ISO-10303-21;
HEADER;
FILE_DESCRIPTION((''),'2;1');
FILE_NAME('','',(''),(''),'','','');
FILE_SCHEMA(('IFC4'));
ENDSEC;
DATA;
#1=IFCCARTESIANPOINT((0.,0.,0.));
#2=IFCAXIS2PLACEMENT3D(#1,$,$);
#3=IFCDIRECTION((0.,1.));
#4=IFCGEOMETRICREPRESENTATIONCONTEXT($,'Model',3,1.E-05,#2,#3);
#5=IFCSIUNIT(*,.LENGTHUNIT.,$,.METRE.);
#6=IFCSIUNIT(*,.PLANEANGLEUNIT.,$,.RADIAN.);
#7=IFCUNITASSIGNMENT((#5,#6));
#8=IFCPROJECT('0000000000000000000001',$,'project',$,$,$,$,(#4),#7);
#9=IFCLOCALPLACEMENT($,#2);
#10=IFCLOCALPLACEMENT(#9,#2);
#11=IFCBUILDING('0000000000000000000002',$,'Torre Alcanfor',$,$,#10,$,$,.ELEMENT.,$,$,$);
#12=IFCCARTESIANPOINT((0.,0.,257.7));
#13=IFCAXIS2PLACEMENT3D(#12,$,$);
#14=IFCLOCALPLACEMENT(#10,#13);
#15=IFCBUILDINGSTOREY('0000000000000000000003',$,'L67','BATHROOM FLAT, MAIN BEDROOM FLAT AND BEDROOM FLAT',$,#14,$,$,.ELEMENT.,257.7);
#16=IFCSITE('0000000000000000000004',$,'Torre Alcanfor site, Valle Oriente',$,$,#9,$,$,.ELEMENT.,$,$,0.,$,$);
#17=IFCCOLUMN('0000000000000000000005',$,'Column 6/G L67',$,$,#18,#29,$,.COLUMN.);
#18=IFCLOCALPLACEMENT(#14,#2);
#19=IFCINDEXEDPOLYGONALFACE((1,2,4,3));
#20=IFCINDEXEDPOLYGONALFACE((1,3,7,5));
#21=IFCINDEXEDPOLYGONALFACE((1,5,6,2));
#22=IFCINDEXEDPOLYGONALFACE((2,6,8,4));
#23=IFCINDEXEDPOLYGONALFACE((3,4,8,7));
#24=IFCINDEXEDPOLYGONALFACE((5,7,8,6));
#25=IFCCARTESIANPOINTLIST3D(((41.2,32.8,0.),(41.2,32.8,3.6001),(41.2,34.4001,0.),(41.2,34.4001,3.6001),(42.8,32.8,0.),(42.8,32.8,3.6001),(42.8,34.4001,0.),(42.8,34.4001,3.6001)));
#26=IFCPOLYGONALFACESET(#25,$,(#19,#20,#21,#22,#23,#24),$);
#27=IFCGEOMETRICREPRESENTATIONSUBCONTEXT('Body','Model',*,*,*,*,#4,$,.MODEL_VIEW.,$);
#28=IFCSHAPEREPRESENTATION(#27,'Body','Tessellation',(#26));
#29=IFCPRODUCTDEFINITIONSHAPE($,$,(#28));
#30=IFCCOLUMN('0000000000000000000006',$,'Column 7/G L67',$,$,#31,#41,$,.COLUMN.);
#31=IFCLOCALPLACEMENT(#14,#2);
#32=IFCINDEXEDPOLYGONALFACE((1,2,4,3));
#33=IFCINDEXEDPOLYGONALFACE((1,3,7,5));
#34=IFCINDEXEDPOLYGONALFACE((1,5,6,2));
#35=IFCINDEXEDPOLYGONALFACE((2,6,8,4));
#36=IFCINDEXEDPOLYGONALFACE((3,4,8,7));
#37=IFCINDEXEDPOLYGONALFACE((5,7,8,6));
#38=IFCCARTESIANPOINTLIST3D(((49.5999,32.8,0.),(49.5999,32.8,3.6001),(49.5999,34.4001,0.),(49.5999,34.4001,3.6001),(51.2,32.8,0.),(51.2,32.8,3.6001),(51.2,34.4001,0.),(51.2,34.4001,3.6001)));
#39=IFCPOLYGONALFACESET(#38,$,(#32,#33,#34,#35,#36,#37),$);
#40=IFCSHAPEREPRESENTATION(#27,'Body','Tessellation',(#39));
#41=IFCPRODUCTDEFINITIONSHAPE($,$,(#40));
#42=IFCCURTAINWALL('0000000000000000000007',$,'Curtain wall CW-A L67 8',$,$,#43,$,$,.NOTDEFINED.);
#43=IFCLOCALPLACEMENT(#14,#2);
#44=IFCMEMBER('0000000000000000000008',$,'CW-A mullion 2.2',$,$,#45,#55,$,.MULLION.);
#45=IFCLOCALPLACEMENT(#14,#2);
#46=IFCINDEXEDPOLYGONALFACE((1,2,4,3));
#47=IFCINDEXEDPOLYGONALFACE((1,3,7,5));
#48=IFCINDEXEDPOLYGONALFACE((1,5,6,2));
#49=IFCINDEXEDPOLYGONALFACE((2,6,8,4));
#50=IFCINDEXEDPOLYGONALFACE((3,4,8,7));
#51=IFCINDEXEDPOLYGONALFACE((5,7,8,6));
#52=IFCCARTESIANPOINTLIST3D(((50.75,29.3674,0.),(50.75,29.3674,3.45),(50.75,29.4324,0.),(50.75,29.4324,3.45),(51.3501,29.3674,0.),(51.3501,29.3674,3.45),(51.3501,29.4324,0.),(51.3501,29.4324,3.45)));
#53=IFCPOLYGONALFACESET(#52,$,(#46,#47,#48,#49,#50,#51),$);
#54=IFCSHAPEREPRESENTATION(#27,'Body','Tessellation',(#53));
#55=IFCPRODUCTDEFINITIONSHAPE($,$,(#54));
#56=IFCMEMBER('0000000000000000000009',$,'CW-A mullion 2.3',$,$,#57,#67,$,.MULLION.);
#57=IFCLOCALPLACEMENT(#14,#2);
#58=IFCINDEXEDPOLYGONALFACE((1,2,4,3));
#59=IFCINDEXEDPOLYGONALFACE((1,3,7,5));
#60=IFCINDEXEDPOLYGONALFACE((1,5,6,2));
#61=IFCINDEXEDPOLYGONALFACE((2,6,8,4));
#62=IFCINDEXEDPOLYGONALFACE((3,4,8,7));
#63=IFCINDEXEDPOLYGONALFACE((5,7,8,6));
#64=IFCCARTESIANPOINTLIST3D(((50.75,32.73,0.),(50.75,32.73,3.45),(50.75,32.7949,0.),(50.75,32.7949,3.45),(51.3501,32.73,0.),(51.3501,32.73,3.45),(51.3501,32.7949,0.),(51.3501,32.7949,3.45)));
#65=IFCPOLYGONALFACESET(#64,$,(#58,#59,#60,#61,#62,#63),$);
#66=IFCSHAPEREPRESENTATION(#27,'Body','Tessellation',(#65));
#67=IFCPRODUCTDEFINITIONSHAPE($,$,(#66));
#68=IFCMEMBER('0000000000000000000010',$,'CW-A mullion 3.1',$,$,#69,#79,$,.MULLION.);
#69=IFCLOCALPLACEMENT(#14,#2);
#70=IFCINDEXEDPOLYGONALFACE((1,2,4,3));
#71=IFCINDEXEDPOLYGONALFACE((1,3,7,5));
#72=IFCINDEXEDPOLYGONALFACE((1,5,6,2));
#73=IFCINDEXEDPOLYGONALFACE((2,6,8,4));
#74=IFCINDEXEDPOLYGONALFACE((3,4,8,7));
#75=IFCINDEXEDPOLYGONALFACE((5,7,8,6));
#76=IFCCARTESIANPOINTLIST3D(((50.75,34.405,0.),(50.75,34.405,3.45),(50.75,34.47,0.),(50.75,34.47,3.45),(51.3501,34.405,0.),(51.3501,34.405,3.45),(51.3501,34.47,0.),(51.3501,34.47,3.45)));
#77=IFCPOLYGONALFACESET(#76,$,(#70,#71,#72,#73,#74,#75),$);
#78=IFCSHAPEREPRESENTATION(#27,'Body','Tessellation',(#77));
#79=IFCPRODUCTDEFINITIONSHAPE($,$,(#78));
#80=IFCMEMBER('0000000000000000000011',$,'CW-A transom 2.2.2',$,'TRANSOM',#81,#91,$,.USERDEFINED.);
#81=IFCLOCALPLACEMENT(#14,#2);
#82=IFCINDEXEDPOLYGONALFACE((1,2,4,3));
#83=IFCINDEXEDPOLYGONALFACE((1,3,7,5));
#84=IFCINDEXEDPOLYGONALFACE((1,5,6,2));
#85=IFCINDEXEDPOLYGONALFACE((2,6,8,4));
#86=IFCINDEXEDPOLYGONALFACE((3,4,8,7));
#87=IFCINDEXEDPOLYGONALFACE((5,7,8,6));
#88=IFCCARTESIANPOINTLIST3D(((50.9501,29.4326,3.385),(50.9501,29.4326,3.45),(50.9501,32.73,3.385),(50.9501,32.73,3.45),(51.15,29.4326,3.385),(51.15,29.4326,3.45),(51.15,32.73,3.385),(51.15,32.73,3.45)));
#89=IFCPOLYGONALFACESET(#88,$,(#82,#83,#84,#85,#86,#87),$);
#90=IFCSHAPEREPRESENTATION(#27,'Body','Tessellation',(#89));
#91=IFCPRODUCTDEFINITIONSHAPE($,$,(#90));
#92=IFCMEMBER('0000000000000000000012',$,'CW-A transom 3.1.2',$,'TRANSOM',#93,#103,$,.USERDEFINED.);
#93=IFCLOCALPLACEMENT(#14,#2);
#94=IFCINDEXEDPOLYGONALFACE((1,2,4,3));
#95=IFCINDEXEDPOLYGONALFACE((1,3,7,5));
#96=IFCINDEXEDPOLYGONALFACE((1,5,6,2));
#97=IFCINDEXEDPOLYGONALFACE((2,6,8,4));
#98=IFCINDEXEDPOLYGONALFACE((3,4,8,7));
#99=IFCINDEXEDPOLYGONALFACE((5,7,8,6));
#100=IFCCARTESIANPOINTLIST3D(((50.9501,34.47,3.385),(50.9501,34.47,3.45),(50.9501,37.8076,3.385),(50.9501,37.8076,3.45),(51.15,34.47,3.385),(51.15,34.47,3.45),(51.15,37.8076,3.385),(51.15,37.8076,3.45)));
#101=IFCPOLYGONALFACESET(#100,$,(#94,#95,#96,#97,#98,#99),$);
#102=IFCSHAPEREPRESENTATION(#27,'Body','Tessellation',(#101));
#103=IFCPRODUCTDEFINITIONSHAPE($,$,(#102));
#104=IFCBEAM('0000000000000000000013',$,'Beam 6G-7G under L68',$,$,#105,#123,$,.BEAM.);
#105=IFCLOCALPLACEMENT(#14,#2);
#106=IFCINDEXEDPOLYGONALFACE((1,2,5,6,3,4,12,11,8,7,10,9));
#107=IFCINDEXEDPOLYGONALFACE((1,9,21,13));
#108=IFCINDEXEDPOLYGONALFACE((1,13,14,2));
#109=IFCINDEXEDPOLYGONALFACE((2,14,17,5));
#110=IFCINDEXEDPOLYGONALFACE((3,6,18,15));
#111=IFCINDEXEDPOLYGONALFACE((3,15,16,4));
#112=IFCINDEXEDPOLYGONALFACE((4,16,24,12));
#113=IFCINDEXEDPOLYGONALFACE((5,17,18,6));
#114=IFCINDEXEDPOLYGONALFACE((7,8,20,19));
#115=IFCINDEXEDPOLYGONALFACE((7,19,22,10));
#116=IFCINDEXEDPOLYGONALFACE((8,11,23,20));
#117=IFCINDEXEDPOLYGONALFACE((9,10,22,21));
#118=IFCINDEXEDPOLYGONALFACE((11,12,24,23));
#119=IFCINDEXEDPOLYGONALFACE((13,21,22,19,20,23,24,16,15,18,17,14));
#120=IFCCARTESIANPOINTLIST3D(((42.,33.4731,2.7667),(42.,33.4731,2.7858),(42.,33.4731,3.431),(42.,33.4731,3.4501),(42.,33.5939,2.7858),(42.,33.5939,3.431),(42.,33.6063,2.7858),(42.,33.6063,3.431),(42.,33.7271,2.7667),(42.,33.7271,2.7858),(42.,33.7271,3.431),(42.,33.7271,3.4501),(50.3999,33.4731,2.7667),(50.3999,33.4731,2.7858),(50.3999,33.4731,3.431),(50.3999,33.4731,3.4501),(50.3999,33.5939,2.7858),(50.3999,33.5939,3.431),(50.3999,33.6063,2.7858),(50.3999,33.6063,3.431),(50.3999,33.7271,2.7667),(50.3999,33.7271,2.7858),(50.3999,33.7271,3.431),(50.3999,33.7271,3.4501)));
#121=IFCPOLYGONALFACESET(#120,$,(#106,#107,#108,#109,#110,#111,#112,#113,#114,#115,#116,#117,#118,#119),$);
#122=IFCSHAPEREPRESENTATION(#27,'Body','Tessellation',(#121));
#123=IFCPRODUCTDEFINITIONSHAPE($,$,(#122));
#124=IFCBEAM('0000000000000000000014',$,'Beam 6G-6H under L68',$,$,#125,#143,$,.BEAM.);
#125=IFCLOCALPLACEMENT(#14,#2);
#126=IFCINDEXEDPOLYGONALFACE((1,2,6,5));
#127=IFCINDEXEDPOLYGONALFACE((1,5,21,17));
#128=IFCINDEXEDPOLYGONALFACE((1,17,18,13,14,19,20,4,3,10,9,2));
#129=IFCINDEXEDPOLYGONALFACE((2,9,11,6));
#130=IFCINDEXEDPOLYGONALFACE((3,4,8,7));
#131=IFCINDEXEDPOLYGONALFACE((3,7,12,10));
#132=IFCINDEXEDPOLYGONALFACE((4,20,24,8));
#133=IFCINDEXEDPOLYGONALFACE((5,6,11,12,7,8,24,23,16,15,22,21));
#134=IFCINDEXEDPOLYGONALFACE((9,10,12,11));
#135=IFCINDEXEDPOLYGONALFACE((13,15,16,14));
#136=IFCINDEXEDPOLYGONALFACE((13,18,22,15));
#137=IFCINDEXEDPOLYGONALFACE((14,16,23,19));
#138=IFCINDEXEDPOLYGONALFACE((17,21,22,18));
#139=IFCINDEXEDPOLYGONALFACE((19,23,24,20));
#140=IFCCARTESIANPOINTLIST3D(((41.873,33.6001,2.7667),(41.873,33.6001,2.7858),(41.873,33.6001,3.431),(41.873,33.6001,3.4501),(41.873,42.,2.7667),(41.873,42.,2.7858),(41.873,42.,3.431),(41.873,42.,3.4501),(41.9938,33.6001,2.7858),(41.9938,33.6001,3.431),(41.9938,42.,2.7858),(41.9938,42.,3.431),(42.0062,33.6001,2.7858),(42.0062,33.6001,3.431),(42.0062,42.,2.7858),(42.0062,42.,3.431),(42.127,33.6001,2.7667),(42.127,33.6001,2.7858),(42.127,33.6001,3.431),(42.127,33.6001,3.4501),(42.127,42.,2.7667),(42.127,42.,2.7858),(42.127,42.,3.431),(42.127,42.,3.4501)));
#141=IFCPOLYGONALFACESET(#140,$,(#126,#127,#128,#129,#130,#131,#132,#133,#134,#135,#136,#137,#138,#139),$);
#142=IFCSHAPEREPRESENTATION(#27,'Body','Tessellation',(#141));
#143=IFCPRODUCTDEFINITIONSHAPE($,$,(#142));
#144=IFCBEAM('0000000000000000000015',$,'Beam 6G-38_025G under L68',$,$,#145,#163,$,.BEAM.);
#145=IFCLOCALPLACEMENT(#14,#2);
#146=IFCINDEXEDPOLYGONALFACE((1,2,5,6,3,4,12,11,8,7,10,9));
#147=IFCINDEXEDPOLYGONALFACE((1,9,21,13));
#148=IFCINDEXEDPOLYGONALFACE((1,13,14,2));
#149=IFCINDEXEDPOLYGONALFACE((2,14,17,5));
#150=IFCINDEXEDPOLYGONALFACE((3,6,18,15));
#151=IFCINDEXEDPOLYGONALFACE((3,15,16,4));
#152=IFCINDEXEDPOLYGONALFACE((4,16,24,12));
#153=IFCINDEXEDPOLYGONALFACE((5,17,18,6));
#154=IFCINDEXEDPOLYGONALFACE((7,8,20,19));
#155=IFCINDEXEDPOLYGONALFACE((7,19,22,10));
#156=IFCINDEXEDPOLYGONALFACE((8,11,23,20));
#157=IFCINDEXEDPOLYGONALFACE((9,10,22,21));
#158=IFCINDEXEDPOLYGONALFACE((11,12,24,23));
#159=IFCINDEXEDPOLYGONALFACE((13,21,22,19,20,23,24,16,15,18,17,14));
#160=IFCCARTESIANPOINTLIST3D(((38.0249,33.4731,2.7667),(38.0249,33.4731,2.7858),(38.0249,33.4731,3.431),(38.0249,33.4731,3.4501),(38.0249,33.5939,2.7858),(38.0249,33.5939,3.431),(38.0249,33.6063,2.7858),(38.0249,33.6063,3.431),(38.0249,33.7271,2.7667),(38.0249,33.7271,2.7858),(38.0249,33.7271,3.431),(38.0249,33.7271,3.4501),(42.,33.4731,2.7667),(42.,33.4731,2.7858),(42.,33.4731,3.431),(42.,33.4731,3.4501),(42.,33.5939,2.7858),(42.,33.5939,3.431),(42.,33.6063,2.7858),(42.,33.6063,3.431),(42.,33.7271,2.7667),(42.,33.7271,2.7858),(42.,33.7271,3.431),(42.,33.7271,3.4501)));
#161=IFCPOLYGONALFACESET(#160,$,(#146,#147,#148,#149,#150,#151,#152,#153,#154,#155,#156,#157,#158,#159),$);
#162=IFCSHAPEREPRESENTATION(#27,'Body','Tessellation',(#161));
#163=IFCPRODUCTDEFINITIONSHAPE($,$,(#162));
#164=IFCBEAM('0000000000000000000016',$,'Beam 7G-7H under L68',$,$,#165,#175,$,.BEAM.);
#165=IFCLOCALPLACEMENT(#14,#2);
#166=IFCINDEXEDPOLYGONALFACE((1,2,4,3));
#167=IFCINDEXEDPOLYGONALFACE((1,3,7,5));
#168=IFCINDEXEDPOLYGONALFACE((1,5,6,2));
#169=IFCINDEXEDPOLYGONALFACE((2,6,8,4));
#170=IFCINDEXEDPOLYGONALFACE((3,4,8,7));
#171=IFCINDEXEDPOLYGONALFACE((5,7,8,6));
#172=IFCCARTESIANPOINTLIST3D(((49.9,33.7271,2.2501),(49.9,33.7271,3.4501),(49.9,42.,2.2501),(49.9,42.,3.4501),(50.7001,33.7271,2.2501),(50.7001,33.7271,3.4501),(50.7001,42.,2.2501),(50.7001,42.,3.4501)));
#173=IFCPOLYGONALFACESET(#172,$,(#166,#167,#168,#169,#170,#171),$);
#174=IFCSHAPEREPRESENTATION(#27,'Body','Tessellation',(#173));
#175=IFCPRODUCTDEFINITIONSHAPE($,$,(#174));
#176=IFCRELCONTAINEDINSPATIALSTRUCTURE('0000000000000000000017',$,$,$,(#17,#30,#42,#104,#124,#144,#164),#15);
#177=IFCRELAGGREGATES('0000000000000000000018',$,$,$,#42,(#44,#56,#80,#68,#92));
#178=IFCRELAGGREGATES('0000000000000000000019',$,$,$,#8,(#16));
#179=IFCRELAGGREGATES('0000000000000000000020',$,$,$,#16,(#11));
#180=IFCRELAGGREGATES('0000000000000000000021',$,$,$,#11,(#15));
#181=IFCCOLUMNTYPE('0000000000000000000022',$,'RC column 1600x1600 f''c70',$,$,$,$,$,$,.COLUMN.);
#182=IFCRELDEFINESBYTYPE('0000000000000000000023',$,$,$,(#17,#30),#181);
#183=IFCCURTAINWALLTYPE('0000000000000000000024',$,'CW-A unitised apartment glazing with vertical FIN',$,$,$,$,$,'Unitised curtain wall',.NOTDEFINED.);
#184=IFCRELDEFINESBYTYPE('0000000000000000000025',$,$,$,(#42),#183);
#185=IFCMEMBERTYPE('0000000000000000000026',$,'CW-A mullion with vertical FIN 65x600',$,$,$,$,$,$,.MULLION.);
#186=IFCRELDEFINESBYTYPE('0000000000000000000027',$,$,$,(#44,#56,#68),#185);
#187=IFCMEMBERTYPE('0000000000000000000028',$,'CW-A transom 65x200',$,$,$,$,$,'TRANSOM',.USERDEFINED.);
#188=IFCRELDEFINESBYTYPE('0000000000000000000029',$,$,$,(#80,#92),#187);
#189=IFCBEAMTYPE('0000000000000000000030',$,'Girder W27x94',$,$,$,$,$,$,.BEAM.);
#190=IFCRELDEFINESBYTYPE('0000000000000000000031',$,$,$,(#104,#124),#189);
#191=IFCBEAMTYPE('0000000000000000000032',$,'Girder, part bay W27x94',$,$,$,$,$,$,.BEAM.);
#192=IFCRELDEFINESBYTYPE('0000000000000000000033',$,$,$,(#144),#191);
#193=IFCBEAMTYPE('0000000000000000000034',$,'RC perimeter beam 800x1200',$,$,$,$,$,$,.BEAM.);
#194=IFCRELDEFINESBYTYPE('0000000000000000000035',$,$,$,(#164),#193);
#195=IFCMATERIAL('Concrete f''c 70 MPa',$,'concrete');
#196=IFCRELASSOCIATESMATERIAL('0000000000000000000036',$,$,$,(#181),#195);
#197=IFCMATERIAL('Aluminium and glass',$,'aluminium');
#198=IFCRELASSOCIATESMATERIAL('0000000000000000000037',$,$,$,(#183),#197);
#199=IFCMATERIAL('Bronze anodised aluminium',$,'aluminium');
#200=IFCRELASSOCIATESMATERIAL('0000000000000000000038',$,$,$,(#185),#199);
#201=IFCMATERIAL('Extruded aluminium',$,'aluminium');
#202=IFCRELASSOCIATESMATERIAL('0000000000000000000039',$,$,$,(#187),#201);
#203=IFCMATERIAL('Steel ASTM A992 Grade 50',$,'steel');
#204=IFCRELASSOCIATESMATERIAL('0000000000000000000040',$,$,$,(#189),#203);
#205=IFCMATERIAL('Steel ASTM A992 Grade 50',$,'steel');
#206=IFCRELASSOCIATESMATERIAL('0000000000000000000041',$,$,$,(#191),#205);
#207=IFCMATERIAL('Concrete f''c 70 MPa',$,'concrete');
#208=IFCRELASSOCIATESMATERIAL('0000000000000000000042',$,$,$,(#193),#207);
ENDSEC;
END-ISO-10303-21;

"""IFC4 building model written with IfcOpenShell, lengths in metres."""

from ifc_helpers import new_model, si_unit, direction, frame, origin, origin_2d, place, context, subcontext, project, spatial, rectangle, i_section, extrude, material, material_profile, profile_set, type_object, element, aggregate, save


model = new_model("IFC4")

# Units and contexts
model_context = context("Model", 3, precision=1e-05, world=origin(), true_north=direction((0.0, 1.0)))
body_context = subcontext(model_context, "Body", "Model", "MODEL_VIEW")
ifc_project = project(units=[si_unit("LENGTHUNIT", "METRE"), si_unit("PLANEANGLEUNIT", "RADIAN")], contexts=[model_context])

# Site, building, storey
site_placement = place(None, origin())
site = spatial("IfcSite", under=ifc_project, at=site_placement, Name="Torre Alcanfor site, Valle Oriente", CompositionType="ELEMENT", RefElevation=0.0)
building_placement = place(site_placement, origin())
building = spatial("IfcBuilding", under=site, at=building_placement, Name="Torre Alcanfor", CompositionType="ELEMENT")
storey_placement = place(building_placement, frame((0.0, 0.0, 257.7)))
storey = spatial("IfcBuildingStorey", under=building, at=storey_placement, Name="L67", Description="BATHROOM FLAT, MAIN BEDROOM FLAT AND BEDROOM FLAT", CompositionType="ELEMENT", Elevation=257.7)

# Columns
ifc_material_1 = material(Name="Concrete f'c 70 MPa", Category="concrete")
ifc_material_profile_1 = material_profile(ifc_material_1, rectangle(XDim=1.6001, YDim=1.6001, at=origin_2d()), Name="1600x1600")
ifc_profile_set_1 = profile_set([ifc_material_profile_1], Name="Concrete f'c 70 MPa")
column_type = type_object("IfcColumnType", Name="RC column 1600x1600 f'c70", PredefinedType="COLUMN", material=ifc_profile_set_1)
for number, where, z_axis, x_axis, name in (
    (1, (42.0, 33.6001, 0.0), (0.0, 0.0, 1.0), (1.0, 0.0, 0.0), "Column 6/G L67"),
    (2, (50.3999, 33.6001, 0.0), (0.0, 0.0, 1.0), (1.0, 0.0, 0.0), "Column 7/G L67"),
):
    element("IfcColumn", number, at=place(storey_placement, frame(where, z_axis=z_axis, x_axis=x_axis)), inside=storey, type_object=column_type, Name=name, PredefinedType="COLUMN", context=body_context, shape_type="SweptSolid", body=[
        extrude(rectangle(XDim=1.6001, YDim=1.6001, at=origin_2d()), origin(), (0.0, 0.0, 1.0), 3.6001),
    ])

# Curtain wall, members
ifc_material_2 = material(Name="Aluminium and glass", Category="aluminium")
curtain_wall_type = type_object("IfcCurtainWallType", Name="CW-A unitised apartment glazing with vertical FIN", ElementType="Unitised curtain wall", PredefinedType="NOTDEFINED", material=ifc_material_2)
curtain_wall_placement = place(storey_placement, origin())
curtain_wall = element("IfcCurtainWall", 3, at=curtain_wall_placement, inside=storey, type_object=curtain_wall_type, Name="Curtain wall CW-A L67 8", PredefinedType="NOTDEFINED")
ifc_material_3 = material(Name="Bronze anodised aluminium", Category="aluminium")
ifc_material_profile_2 = material_profile(ifc_material_3, rectangle(XDim=0.6001, YDim=0.0649, at=origin_2d()), Name="CW-A mullion 65x600")
ifc_profile_set_2 = profile_set([ifc_material_profile_2], Name="Bronze anodised aluminium")
member_type_1 = type_object("IfcMemberType", Name="CW-A mullion with vertical FIN 65x600", PredefinedType="MULLION", material=ifc_profile_set_2)
member_1_placement = place(storey_placement, frame((51.05, 29.3999, 0.0), z_axis=(0.0, 0.0, 1.0), x_axis=(-1.0, 0.0, 0.0)))
member_1 = element("IfcMember", 4, at=member_1_placement, type_object=member_type_1, Name="CW-A mullion 2.2", PredefinedType="MULLION", context=body_context, shape_type="SweptSolid", body=[
    extrude(rectangle(XDim=0.6001, YDim=0.0649, at=origin_2d()), origin(), (0.0, 0.0, 1.0), 3.45),
])
member_2_placement = place(storey_placement, frame((51.05, 32.7625, 0.0), z_axis=(0.0, 0.0, 1.0), x_axis=(-1.0, 0.0, 0.0)))
member_2 = element("IfcMember", 5, at=member_2_placement, type_object=member_type_1, Name="CW-A mullion 2.3", PredefinedType="MULLION", context=body_context, shape_type="SweptSolid", body=[
    extrude(rectangle(XDim=0.6001, YDim=0.0649, at=origin_2d()), origin(), (0.0, 0.0, 1.0), 3.45),
])
member_3_placement = place(storey_placement, frame((51.05, 34.4375, 0.0), z_axis=(0.0, 0.0, 1.0), x_axis=(-1.0, 0.0, 0.0)))
member_3 = element("IfcMember", 6, at=member_3_placement, type_object=member_type_1, Name="CW-A mullion 3.1", PredefinedType="MULLION", context=body_context, shape_type="SweptSolid", body=[
    extrude(rectangle(XDim=0.6001, YDim=0.0649, at=origin_2d()), origin(), (0.0, 0.0, 1.0), 3.45),
])
ifc_material_4 = material(Name="Extruded aluminium", Category="aluminium")
ifc_material_profile_3 = material_profile(ifc_material_4, rectangle(XDim=0.2, YDim=0.0649, at=origin_2d()), Name="CW-A transom 200x65")
ifc_profile_set_3 = profile_set([ifc_material_profile_3], Name="Extruded aluminium")
member_type_2 = type_object("IfcMemberType", Name="CW-A transom 65x200", ElementType="TRANSOM", PredefinedType="USERDEFINED", material=ifc_profile_set_3)
member_4_placement = place(storey_placement, frame((51.05, 29.4326, 3.4175), z_axis=(0.0, 1.0, 0.0), x_axis=(-1.0, 0.0, 0.0)))
member_4 = element("IfcMember", 7, at=member_4_placement, type_object=member_type_2, Name="CW-A transom 2.2.2", ObjectType="TRANSOM", PredefinedType="USERDEFINED", context=body_context, shape_type="SweptSolid", body=[
    extrude(rectangle(XDim=0.2, YDim=0.0649, at=origin_2d()), origin(), (0.0, 0.0, 1.0), 3.2974),
])
member_5_placement = place(storey_placement, frame((51.05, 34.47, 3.4175), z_axis=(0.0, 1.0, 0.0), x_axis=(-1.0, 0.0, 0.0)))
member_5 = element("IfcMember", 8, at=member_5_placement, type_object=member_type_2, Name="CW-A transom 3.1.2", ObjectType="TRANSOM", PredefinedType="USERDEFINED", context=body_context, shape_type="SweptSolid", body=[
    extrude(rectangle(XDim=0.2, YDim=0.0649, at=origin_2d()), origin(), (0.0, 0.0, 1.0), 3.3376),
])

# Beams
ifc_material_5 = material(Name="Steel ASTM A992 Grade 50", Category="steel")
ifc_material_profile_4 = material_profile(ifc_material_5, i_section(OverallWidth=0.2539, OverallDepth=0.6833, WebThickness=0.0125, FlangeThickness=0.019, at=origin_2d()), Name="W27x94")
ifc_profile_set_4 = profile_set([ifc_material_profile_4], Name="Steel ASTM A992 Grade 50")
beam_type_1 = type_object("IfcBeamType", Name="Girder W27x94", PredefinedType="BEAM", material=ifc_profile_set_4)
for number, where, z_axis, x_axis, name in (
    (9, (42.0, 33.6001, 3.1084), (1.0, 0.0, 0.0), (0.0, 1.0, 0.0), "Beam 6G-7G under L68"),
    (10, (42.0, 33.6001, 3.1084), (0.0, 1.0, 0.0), (-1.0, 0.0, 0.0), "Beam 6G-6H under L68"),
):
    element("IfcBeam", number, at=place(storey_placement, frame(where, z_axis=z_axis, x_axis=x_axis)), inside=storey, type_object=beam_type_1, Name=name, PredefinedType="BEAM", context=body_context, shape_type="SweptSolid", body=[
        extrude(i_section(OverallWidth=0.2539, OverallDepth=0.6833, WebThickness=0.0125, FlangeThickness=0.019, at=origin_2d()), origin(), (0.0, 0.0, 1.0), 8.3999),
    ])
ifc_material_6 = material(Name="Steel ASTM A992 Grade 50", Category="steel")
ifc_material_profile_5 = material_profile(ifc_material_6, i_section(OverallWidth=0.2539, OverallDepth=0.6833, WebThickness=0.0125, FlangeThickness=0.019, at=origin_2d()), Name="W27x94")
ifc_profile_set_5 = profile_set([ifc_material_profile_5], Name="Steel ASTM A992 Grade 50")
beam_type_2 = type_object("IfcBeamType", Name="Girder, part bay W27x94", PredefinedType="BEAM", material=ifc_profile_set_5)
beam_1_placement = place(storey_placement, frame((42.0, 33.6001, 3.1084), z_axis=(-1.0, 0.0, 0.0), x_axis=(0.0, -1.0, 0.0)))
element("IfcBeam", 11, at=beam_1_placement, inside=storey, type_object=beam_type_2, Name="Beam 6G-38_025G under L68", PredefinedType="BEAM", context=body_context, shape_type="SweptSolid", body=[
    extrude(i_section(OverallWidth=0.2539, OverallDepth=0.6833, WebThickness=0.0125, FlangeThickness=0.019, at=origin_2d()), origin(), (0.0, 0.0, 1.0), 3.9751),
])
ifc_material_7 = material(Name="Concrete f'c 70 MPa", Category="concrete")
ifc_material_profile_6 = material_profile(ifc_material_7, rectangle(XDim=0.8, YDim=1.2, at=origin_2d()), Name="800x1200")
ifc_profile_set_6 = profile_set([ifc_material_profile_6], Name="Concrete f'c 70 MPa")
beam_type_3 = type_object("IfcBeamType", Name="RC perimeter beam 800x1200", PredefinedType="BEAM", material=ifc_profile_set_6)
beam_2_placement = place(storey_placement, frame((50.3, 33.7271, 2.8501), z_axis=(0.0, 1.0, 0.0), x_axis=(-1.0, 0.0, 0.0)))
element("IfcBeam", 12, at=beam_2_placement, inside=storey, type_object=beam_type_3, Name="Beam 7G-7H under L68", PredefinedType="BEAM", context=body_context, shape_type="SweptSolid", body=[
    extrude(rectangle(XDim=0.8, YDim=1.2, at=origin_2d()), origin(), (0.0, 0.0, 1.0), 8.2729),
])

aggregate(curtain_wall, [member_1, member_2, member_4, member_3, member_5])

save(model, "model.ifc")
